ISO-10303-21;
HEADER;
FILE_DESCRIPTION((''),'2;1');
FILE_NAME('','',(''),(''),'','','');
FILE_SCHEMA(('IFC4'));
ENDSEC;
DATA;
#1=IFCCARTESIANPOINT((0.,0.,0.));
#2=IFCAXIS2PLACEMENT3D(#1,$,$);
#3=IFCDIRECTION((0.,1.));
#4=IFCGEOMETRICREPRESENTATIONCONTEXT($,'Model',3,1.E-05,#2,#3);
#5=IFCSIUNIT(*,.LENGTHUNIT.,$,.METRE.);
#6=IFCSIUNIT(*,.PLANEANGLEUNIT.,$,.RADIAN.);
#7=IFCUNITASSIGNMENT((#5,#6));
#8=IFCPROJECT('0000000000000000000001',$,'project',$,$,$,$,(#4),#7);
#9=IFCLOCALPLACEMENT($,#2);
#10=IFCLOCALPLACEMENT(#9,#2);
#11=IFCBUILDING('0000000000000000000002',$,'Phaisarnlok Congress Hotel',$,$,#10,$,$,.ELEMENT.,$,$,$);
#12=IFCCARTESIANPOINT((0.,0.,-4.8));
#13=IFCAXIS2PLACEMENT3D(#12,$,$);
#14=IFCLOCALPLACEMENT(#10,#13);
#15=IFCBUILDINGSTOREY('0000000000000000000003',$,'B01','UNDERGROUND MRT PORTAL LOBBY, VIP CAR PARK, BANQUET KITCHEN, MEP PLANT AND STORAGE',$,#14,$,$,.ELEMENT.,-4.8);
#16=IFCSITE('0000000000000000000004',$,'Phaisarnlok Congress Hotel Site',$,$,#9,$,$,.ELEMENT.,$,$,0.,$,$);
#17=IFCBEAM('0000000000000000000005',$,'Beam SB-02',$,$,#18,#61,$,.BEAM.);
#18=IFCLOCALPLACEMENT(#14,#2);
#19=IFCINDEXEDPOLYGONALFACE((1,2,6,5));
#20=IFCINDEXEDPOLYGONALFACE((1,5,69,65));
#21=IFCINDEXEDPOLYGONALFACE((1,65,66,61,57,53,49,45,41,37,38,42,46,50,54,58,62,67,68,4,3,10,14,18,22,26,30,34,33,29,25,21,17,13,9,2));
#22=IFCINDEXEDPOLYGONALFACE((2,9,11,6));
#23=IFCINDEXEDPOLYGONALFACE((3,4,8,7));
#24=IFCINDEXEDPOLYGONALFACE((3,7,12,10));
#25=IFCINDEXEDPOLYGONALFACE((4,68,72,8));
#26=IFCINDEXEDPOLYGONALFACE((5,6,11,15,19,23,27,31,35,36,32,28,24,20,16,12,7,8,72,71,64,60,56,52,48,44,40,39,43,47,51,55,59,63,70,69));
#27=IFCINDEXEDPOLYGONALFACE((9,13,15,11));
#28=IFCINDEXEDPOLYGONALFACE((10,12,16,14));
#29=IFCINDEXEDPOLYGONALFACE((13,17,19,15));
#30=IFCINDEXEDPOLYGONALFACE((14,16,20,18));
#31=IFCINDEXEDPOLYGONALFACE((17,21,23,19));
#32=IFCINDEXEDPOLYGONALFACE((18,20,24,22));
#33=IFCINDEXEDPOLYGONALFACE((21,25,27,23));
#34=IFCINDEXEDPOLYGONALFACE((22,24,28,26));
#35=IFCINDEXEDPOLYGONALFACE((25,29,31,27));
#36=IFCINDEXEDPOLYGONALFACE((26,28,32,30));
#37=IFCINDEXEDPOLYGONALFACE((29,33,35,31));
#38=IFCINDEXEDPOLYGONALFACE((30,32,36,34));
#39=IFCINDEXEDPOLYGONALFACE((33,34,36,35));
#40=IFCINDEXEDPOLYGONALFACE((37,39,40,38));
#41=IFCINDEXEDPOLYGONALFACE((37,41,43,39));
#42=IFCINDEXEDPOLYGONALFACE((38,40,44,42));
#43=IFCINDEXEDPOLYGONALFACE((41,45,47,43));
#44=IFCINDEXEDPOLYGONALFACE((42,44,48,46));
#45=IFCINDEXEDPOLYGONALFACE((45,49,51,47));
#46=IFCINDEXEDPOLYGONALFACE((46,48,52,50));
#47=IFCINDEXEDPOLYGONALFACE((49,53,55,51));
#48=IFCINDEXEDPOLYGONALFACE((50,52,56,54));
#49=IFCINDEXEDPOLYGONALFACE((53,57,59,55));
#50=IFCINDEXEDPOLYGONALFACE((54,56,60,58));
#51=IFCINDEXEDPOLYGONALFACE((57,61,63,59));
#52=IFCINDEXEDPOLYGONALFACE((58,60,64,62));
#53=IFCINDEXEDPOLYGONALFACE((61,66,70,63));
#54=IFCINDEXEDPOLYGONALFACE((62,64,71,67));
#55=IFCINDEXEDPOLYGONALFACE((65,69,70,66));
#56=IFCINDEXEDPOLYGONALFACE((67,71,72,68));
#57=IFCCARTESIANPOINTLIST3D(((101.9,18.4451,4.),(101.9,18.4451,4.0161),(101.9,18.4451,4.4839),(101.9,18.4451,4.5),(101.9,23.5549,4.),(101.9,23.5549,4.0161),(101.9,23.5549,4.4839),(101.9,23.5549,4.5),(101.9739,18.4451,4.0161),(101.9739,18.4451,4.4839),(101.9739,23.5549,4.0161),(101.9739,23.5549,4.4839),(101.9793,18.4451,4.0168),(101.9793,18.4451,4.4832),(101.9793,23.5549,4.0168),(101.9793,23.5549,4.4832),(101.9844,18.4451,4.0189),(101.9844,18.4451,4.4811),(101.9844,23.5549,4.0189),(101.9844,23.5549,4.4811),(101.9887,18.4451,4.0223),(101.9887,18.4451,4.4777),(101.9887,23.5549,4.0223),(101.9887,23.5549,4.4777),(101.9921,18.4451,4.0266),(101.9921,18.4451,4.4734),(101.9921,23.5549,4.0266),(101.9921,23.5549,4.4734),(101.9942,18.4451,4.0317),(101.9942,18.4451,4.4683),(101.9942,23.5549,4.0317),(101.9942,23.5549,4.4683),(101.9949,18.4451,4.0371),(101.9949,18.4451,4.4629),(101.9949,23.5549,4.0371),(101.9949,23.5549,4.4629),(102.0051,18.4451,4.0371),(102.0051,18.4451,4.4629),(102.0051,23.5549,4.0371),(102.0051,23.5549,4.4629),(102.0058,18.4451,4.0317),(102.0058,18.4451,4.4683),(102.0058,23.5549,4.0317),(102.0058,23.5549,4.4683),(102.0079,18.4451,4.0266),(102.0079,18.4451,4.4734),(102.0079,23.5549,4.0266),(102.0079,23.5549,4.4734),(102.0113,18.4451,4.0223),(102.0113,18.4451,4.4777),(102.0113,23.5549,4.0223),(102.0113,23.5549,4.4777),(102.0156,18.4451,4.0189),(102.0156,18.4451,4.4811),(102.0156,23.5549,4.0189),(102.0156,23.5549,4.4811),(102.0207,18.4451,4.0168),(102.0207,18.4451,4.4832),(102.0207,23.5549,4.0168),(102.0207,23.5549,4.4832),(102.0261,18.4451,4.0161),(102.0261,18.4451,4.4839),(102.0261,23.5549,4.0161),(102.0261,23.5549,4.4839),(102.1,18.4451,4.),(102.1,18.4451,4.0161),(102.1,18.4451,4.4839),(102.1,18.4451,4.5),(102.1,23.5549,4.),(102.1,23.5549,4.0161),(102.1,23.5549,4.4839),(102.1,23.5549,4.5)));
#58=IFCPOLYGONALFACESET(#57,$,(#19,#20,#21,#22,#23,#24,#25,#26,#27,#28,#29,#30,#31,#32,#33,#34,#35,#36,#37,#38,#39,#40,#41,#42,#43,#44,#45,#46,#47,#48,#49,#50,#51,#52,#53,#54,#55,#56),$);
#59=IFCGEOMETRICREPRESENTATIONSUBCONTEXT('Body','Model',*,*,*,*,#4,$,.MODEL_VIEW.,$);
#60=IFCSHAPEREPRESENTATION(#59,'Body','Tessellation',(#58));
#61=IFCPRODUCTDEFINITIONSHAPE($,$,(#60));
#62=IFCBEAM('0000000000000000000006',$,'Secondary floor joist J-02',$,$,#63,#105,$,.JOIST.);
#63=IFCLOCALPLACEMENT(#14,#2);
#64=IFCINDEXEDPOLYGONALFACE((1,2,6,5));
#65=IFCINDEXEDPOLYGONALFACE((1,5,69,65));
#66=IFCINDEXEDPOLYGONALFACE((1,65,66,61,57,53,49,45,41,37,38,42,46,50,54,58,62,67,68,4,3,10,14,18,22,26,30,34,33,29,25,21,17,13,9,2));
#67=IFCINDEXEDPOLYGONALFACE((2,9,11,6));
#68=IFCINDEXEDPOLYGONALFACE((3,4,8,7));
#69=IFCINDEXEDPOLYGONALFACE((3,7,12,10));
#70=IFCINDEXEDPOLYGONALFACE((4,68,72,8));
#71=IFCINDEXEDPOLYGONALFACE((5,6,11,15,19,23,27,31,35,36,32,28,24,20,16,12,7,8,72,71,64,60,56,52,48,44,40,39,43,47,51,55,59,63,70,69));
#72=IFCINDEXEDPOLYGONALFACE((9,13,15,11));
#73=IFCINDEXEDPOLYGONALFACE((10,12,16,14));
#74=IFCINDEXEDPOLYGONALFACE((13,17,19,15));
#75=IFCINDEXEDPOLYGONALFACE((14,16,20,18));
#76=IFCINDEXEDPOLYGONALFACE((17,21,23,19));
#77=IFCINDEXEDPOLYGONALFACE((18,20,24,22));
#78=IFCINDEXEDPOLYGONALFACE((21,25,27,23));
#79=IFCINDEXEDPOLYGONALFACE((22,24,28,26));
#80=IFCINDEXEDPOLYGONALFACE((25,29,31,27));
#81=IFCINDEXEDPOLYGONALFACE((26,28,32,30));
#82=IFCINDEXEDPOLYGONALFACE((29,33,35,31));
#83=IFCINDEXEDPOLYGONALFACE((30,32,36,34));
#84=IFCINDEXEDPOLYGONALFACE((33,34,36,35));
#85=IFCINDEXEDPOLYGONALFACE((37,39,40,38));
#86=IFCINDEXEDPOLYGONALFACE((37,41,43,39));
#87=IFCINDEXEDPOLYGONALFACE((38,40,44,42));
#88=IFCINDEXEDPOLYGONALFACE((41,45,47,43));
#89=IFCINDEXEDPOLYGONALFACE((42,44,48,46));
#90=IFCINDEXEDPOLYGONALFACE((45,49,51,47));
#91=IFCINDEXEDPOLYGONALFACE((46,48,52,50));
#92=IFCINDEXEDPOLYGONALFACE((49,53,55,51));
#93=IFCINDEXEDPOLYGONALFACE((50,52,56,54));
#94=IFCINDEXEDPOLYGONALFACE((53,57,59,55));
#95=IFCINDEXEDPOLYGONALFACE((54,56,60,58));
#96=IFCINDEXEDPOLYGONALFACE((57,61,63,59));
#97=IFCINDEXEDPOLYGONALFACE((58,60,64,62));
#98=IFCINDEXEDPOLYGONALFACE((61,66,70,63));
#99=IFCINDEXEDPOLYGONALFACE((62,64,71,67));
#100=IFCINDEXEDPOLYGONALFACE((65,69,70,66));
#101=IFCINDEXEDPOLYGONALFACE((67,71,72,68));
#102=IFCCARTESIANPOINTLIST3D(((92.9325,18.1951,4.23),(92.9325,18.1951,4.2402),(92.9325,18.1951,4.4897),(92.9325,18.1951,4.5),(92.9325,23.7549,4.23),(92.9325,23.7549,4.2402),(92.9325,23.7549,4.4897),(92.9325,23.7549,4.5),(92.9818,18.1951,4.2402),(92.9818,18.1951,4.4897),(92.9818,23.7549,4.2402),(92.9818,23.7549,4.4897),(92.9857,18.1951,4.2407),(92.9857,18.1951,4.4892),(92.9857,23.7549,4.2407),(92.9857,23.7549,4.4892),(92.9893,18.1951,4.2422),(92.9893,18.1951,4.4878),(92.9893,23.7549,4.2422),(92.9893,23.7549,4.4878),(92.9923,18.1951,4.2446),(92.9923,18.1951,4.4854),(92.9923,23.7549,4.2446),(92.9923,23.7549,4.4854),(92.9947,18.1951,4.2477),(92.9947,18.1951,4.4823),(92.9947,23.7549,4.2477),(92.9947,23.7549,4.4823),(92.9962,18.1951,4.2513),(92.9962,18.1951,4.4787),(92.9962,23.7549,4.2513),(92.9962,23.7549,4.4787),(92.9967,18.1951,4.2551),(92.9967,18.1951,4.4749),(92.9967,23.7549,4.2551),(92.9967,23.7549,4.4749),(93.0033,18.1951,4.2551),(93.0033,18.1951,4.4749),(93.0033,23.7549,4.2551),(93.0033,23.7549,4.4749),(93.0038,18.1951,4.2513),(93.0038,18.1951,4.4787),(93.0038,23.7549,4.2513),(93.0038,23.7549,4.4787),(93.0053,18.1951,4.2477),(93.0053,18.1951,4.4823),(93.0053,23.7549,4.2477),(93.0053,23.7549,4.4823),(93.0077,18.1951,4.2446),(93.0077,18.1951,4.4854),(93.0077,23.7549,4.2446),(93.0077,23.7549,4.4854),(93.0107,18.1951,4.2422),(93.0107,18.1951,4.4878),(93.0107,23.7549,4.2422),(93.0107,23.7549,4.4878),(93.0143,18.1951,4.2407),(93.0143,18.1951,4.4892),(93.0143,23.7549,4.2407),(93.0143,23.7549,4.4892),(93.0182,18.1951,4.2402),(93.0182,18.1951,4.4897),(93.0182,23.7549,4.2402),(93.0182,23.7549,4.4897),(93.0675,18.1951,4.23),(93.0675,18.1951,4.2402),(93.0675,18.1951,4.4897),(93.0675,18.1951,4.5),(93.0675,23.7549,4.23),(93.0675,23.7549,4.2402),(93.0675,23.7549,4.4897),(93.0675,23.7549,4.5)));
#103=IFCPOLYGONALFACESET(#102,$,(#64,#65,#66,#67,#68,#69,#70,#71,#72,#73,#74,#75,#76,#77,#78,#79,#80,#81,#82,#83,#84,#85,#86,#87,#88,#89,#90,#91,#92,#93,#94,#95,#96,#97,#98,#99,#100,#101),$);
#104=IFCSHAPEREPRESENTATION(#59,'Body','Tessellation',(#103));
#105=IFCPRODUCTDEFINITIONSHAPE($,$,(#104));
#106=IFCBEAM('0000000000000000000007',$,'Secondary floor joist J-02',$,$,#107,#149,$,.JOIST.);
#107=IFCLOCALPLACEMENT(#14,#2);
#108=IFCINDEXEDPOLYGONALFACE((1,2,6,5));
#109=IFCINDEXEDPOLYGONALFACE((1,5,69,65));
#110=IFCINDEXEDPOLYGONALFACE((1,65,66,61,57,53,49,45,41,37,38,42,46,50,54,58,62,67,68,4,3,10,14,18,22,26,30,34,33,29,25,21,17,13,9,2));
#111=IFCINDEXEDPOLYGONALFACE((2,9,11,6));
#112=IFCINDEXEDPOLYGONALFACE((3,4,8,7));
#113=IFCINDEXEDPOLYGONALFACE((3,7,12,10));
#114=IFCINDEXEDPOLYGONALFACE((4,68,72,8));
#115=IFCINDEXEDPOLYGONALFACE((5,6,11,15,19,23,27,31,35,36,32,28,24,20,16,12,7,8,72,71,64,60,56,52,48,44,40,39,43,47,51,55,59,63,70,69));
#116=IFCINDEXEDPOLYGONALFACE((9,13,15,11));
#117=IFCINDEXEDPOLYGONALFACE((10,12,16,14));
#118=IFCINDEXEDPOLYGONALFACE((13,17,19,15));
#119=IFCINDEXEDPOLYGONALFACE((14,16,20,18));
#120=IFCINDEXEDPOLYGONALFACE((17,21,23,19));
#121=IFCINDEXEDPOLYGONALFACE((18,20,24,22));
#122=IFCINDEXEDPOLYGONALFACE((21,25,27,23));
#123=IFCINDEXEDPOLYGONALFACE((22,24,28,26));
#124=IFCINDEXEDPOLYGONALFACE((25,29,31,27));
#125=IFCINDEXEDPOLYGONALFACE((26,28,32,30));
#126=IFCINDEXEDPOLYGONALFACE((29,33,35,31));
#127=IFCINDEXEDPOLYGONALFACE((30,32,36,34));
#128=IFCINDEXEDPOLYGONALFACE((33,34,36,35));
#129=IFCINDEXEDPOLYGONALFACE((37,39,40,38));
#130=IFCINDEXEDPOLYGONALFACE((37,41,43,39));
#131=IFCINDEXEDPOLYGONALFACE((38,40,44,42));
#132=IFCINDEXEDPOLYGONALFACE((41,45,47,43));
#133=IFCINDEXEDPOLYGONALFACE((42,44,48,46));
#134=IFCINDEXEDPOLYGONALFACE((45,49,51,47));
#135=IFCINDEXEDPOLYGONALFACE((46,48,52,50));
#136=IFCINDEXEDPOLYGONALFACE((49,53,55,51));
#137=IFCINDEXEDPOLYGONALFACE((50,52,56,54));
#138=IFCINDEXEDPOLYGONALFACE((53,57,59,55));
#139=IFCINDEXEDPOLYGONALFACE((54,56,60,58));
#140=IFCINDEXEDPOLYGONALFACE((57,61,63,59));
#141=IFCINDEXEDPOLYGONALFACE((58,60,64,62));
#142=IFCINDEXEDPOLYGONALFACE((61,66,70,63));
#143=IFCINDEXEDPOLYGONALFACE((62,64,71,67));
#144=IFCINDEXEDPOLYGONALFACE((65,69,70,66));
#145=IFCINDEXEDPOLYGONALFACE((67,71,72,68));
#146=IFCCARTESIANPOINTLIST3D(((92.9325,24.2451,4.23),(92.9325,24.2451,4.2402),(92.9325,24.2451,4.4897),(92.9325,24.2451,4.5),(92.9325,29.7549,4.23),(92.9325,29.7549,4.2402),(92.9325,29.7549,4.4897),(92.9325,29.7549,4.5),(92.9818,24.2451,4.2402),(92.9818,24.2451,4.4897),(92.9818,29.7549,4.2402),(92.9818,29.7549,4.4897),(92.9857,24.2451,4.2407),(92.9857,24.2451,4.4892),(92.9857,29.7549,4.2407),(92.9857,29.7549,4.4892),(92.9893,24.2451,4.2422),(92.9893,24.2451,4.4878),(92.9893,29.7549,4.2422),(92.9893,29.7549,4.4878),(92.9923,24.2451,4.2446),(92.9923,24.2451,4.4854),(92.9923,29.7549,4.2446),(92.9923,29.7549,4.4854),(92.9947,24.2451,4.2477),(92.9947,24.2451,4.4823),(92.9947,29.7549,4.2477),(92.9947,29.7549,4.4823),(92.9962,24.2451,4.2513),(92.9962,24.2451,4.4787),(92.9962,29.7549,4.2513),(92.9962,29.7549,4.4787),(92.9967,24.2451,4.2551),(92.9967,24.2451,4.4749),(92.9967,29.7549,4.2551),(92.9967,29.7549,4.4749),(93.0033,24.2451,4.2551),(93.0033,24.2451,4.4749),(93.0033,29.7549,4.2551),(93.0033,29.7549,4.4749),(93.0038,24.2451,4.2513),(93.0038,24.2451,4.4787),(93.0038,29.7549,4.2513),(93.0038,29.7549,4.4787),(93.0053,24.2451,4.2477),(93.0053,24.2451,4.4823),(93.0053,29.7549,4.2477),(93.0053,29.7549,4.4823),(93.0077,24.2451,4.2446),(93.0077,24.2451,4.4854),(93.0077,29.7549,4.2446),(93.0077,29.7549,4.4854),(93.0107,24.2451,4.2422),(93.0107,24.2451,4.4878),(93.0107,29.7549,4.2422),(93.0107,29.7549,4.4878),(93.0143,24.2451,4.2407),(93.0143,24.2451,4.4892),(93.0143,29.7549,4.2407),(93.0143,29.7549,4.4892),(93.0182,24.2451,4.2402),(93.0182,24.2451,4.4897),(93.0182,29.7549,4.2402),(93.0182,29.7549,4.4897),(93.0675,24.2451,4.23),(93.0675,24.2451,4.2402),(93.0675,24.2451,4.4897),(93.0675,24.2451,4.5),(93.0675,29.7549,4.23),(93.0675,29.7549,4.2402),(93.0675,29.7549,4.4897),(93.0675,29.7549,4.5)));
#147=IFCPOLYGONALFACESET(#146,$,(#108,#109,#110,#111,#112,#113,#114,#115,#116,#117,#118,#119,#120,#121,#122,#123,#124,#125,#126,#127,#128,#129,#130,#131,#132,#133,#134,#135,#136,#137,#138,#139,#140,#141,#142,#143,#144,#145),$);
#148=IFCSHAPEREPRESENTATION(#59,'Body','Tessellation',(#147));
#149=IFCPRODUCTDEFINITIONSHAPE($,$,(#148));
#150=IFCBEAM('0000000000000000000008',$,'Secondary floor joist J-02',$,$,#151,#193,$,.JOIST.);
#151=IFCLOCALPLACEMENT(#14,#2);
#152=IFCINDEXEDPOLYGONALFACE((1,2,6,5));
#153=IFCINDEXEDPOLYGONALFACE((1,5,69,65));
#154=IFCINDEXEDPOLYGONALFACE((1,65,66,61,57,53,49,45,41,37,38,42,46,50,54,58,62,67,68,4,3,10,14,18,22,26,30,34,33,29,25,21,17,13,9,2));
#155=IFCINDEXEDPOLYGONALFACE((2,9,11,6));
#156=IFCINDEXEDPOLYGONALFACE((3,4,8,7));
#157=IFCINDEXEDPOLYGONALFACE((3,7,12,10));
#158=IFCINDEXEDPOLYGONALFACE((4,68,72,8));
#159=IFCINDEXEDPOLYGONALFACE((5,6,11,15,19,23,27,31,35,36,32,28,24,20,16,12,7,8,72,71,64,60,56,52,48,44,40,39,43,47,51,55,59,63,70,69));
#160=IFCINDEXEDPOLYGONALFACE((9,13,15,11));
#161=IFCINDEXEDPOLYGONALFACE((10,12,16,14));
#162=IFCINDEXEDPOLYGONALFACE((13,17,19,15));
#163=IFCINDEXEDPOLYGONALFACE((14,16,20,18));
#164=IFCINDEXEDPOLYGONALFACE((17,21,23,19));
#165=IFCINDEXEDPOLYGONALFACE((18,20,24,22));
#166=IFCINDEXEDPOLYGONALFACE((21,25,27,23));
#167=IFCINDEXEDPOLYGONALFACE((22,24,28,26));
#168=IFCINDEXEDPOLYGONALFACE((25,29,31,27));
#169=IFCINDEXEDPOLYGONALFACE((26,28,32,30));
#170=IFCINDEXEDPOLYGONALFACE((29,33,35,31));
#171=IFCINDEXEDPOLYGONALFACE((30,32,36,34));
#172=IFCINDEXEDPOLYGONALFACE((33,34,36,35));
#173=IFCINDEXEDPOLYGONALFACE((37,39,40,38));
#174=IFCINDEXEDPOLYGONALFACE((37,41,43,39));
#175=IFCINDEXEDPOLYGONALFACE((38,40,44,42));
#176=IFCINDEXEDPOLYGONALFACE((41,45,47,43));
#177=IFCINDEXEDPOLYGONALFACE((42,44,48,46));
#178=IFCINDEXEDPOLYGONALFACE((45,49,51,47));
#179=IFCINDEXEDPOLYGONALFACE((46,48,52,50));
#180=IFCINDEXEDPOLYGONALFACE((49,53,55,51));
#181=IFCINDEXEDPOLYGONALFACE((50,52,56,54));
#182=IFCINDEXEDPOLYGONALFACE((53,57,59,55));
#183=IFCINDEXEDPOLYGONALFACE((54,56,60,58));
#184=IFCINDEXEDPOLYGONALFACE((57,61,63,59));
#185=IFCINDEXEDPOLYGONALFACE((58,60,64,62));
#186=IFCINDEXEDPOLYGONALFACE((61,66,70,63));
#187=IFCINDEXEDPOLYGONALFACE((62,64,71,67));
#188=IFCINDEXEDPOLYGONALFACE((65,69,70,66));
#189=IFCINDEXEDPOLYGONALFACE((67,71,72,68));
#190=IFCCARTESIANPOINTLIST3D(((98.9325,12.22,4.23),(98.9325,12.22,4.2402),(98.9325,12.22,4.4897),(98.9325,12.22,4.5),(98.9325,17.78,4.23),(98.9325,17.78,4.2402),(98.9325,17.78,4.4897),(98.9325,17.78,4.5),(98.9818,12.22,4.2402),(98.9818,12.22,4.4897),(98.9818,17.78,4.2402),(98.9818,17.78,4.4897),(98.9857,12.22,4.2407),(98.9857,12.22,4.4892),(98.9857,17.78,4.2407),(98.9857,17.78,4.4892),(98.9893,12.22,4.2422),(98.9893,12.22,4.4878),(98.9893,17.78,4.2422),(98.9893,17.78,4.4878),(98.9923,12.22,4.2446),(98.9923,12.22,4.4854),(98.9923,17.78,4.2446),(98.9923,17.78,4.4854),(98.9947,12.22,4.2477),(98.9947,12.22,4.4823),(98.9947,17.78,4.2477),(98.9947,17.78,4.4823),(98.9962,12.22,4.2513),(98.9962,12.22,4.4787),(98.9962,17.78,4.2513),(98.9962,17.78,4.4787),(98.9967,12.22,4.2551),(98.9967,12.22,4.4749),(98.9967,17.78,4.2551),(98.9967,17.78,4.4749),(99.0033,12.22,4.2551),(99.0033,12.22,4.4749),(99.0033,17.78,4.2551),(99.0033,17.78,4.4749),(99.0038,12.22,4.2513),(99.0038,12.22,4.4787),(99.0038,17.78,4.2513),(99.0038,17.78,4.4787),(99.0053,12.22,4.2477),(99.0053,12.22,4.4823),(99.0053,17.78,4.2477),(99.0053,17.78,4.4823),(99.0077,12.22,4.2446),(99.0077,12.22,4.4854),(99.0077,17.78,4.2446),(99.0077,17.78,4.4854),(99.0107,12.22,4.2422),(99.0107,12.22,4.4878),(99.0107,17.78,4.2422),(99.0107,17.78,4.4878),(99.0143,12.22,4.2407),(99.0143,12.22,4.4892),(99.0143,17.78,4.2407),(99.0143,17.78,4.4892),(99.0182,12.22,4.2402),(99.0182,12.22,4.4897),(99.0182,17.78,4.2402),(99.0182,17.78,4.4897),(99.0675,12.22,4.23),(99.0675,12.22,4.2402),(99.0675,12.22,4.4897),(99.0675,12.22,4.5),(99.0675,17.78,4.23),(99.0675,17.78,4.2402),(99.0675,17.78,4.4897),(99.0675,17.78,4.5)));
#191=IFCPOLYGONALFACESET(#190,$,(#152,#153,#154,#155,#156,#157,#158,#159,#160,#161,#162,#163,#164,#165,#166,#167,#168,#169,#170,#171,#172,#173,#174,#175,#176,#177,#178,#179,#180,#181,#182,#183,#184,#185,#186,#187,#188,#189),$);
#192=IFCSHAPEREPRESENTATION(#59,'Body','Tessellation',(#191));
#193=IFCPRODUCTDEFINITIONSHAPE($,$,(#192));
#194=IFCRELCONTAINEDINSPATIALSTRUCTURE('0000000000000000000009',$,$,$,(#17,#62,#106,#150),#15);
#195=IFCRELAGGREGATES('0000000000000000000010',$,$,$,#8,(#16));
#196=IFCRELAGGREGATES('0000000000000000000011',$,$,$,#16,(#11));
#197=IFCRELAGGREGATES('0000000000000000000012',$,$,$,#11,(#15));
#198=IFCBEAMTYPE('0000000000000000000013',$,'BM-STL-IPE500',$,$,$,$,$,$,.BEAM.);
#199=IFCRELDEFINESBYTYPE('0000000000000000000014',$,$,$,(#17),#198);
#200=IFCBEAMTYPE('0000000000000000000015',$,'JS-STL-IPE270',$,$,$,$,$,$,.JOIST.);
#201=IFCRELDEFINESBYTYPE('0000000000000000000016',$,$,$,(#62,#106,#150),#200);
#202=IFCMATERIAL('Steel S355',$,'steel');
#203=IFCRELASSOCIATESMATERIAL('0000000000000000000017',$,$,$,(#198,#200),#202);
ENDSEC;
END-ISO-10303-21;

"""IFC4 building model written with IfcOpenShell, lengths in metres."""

from ifc_helpers import new_model, si_unit, direction, frame, origin, origin_2d, place, context, subcontext, project, spatial, i_section, extrude, material, material_profile, profile_set, type_object, element, save


model = new_model("IFC4")

# Units and contexts
model_context = context("Model", 3, precision=1e-05, world=origin(), true_north=direction((0.0, 1.0)))
body_context = subcontext(model_context, "Body", "Model", "MODEL_VIEW")
ifc_project = project(units=[si_unit("LENGTHUNIT", "METRE"), si_unit("PLANEANGLEUNIT", "RADIAN")], contexts=[model_context])

# Site, building, storey
site_placement = place(None, origin())
site = spatial("IfcSite", under=ifc_project, at=site_placement, Name="Phaisarnlok Congress Hotel Site", CompositionType="ELEMENT", RefElevation=0.0)
building_placement = place(site_placement, origin())
building = spatial("IfcBuilding", under=site, at=building_placement, Name="Phaisarnlok Congress Hotel", CompositionType="ELEMENT")
storey_placement = place(building_placement, frame((0.0, 0.0, -4.8)))
storey = spatial("IfcBuildingStorey", under=building, at=storey_placement, Name="B01", Description="UNDERGROUND MRT PORTAL LOBBY, VIP CAR PARK, BANQUET KITCHEN, MEP PLANT AND STORAGE", CompositionType="ELEMENT", Elevation=-4.8)

# Beams
ifc_material_1 = material(Name="Steel S355", Category="steel")
ifc_material_profile_1 = material_profile(ifc_material_1, i_section(OverallWidth=0.2, OverallDepth=0.5, WebThickness=0.0103, FlangeThickness=0.0161, FilletRadius=0.021, at=origin_2d()), Name="IPE 500")
ifc_profile_set_1 = profile_set([ifc_material_profile_1], Name="Steel S355")
beam_type_1 = type_object("IfcBeamType", Name="BM-STL-IPE500", PredefinedType="BEAM", material=ifc_profile_set_1)
for number, where, z_axis, x_axis, name in (
    (1, (102.0, 18.4451, 4.25), (0.0, 1.0, 0.0), (-1.0, 0.0, 0.0), "Beam SB-02"),
):
    element("IfcBeam", number, at=place(storey_placement, frame(where, z_axis=z_axis, x_axis=x_axis)), inside=storey, type_object=beam_type_1, Name=name, PredefinedType="BEAM", context=body_context, shape_type="SweptSolid", body=[
        extrude(i_section(OverallWidth=0.2, OverallDepth=0.5, WebThickness=0.0103, FlangeThickness=0.0161, FilletRadius=0.021, at=origin_2d()), origin(), (0.0, 0.0, 1.0), 5.1099),
    ])
ifc_material_profile_2 = material_profile(ifc_material_1, i_section(OverallWidth=0.135, OverallDepth=0.27, WebThickness=0.0066, FlangeThickness=0.0103, FilletRadius=0.0149, at=origin_2d()), Name="IPE 270")
ifc_profile_set_2 = profile_set([ifc_material_profile_2], Name="Steel S355")
beam_type_2 = type_object("IfcBeamType", Name="JS-STL-IPE270", PredefinedType="JOIST", material=ifc_profile_set_2)
beam_1_placement = place(storey_placement, frame((93.0, 18.1951, 4.365), z_axis=(0.0, 1.0, 0.0), x_axis=(-1.0, 0.0, 0.0)))
element("IfcBeam", 2, at=beam_1_placement, inside=storey, type_object=beam_type_2, Name="Secondary floor joist J-02", PredefinedType="JOIST", context=body_context, shape_type="SweptSolid", body=[
    extrude(i_section(OverallWidth=0.135, OverallDepth=0.27, WebThickness=0.0066, FlangeThickness=0.0103, FilletRadius=0.0149, at=origin_2d()), origin(), (0.0, 0.0, 1.0), 5.5598),
])
beam_2_placement = place(storey_placement, frame((93.0, 24.2451, 4.365), z_axis=(0.0, 1.0, 0.0), x_axis=(-1.0, 0.0, 0.0)))
element("IfcBeam", 3, at=beam_2_placement, inside=storey, type_object=beam_type_2, Name="Secondary floor joist J-02", PredefinedType="JOIST", context=body_context, shape_type="SweptSolid", body=[
    extrude(i_section(OverallWidth=0.135, OverallDepth=0.27, WebThickness=0.0066, FlangeThickness=0.0103, FilletRadius=0.0149, at=origin_2d()), origin(), (0.0, 0.0, 1.0), 5.5098),
])
for number, where, z_axis, x_axis, name in (
    (4, (99.0, 12.22, 4.365), (0.0, 1.0, 0.0), (-1.0, 0.0, 0.0), "Secondary floor joist J-02"),
):
    element("IfcBeam", number, at=place(storey_placement, frame(where, z_axis=z_axis, x_axis=x_axis)), inside=storey, type_object=beam_type_2, Name=name, PredefinedType="JOIST", context=body_context, shape_type="SweptSolid", body=[
        extrude(i_section(OverallWidth=0.135, OverallDepth=0.27, WebThickness=0.0066, FlangeThickness=0.0103, FilletRadius=0.0149, at=origin_2d()), origin(), (0.0, 0.0, 1.0), 5.5601),
    ])

save(model, "model.ifc")
